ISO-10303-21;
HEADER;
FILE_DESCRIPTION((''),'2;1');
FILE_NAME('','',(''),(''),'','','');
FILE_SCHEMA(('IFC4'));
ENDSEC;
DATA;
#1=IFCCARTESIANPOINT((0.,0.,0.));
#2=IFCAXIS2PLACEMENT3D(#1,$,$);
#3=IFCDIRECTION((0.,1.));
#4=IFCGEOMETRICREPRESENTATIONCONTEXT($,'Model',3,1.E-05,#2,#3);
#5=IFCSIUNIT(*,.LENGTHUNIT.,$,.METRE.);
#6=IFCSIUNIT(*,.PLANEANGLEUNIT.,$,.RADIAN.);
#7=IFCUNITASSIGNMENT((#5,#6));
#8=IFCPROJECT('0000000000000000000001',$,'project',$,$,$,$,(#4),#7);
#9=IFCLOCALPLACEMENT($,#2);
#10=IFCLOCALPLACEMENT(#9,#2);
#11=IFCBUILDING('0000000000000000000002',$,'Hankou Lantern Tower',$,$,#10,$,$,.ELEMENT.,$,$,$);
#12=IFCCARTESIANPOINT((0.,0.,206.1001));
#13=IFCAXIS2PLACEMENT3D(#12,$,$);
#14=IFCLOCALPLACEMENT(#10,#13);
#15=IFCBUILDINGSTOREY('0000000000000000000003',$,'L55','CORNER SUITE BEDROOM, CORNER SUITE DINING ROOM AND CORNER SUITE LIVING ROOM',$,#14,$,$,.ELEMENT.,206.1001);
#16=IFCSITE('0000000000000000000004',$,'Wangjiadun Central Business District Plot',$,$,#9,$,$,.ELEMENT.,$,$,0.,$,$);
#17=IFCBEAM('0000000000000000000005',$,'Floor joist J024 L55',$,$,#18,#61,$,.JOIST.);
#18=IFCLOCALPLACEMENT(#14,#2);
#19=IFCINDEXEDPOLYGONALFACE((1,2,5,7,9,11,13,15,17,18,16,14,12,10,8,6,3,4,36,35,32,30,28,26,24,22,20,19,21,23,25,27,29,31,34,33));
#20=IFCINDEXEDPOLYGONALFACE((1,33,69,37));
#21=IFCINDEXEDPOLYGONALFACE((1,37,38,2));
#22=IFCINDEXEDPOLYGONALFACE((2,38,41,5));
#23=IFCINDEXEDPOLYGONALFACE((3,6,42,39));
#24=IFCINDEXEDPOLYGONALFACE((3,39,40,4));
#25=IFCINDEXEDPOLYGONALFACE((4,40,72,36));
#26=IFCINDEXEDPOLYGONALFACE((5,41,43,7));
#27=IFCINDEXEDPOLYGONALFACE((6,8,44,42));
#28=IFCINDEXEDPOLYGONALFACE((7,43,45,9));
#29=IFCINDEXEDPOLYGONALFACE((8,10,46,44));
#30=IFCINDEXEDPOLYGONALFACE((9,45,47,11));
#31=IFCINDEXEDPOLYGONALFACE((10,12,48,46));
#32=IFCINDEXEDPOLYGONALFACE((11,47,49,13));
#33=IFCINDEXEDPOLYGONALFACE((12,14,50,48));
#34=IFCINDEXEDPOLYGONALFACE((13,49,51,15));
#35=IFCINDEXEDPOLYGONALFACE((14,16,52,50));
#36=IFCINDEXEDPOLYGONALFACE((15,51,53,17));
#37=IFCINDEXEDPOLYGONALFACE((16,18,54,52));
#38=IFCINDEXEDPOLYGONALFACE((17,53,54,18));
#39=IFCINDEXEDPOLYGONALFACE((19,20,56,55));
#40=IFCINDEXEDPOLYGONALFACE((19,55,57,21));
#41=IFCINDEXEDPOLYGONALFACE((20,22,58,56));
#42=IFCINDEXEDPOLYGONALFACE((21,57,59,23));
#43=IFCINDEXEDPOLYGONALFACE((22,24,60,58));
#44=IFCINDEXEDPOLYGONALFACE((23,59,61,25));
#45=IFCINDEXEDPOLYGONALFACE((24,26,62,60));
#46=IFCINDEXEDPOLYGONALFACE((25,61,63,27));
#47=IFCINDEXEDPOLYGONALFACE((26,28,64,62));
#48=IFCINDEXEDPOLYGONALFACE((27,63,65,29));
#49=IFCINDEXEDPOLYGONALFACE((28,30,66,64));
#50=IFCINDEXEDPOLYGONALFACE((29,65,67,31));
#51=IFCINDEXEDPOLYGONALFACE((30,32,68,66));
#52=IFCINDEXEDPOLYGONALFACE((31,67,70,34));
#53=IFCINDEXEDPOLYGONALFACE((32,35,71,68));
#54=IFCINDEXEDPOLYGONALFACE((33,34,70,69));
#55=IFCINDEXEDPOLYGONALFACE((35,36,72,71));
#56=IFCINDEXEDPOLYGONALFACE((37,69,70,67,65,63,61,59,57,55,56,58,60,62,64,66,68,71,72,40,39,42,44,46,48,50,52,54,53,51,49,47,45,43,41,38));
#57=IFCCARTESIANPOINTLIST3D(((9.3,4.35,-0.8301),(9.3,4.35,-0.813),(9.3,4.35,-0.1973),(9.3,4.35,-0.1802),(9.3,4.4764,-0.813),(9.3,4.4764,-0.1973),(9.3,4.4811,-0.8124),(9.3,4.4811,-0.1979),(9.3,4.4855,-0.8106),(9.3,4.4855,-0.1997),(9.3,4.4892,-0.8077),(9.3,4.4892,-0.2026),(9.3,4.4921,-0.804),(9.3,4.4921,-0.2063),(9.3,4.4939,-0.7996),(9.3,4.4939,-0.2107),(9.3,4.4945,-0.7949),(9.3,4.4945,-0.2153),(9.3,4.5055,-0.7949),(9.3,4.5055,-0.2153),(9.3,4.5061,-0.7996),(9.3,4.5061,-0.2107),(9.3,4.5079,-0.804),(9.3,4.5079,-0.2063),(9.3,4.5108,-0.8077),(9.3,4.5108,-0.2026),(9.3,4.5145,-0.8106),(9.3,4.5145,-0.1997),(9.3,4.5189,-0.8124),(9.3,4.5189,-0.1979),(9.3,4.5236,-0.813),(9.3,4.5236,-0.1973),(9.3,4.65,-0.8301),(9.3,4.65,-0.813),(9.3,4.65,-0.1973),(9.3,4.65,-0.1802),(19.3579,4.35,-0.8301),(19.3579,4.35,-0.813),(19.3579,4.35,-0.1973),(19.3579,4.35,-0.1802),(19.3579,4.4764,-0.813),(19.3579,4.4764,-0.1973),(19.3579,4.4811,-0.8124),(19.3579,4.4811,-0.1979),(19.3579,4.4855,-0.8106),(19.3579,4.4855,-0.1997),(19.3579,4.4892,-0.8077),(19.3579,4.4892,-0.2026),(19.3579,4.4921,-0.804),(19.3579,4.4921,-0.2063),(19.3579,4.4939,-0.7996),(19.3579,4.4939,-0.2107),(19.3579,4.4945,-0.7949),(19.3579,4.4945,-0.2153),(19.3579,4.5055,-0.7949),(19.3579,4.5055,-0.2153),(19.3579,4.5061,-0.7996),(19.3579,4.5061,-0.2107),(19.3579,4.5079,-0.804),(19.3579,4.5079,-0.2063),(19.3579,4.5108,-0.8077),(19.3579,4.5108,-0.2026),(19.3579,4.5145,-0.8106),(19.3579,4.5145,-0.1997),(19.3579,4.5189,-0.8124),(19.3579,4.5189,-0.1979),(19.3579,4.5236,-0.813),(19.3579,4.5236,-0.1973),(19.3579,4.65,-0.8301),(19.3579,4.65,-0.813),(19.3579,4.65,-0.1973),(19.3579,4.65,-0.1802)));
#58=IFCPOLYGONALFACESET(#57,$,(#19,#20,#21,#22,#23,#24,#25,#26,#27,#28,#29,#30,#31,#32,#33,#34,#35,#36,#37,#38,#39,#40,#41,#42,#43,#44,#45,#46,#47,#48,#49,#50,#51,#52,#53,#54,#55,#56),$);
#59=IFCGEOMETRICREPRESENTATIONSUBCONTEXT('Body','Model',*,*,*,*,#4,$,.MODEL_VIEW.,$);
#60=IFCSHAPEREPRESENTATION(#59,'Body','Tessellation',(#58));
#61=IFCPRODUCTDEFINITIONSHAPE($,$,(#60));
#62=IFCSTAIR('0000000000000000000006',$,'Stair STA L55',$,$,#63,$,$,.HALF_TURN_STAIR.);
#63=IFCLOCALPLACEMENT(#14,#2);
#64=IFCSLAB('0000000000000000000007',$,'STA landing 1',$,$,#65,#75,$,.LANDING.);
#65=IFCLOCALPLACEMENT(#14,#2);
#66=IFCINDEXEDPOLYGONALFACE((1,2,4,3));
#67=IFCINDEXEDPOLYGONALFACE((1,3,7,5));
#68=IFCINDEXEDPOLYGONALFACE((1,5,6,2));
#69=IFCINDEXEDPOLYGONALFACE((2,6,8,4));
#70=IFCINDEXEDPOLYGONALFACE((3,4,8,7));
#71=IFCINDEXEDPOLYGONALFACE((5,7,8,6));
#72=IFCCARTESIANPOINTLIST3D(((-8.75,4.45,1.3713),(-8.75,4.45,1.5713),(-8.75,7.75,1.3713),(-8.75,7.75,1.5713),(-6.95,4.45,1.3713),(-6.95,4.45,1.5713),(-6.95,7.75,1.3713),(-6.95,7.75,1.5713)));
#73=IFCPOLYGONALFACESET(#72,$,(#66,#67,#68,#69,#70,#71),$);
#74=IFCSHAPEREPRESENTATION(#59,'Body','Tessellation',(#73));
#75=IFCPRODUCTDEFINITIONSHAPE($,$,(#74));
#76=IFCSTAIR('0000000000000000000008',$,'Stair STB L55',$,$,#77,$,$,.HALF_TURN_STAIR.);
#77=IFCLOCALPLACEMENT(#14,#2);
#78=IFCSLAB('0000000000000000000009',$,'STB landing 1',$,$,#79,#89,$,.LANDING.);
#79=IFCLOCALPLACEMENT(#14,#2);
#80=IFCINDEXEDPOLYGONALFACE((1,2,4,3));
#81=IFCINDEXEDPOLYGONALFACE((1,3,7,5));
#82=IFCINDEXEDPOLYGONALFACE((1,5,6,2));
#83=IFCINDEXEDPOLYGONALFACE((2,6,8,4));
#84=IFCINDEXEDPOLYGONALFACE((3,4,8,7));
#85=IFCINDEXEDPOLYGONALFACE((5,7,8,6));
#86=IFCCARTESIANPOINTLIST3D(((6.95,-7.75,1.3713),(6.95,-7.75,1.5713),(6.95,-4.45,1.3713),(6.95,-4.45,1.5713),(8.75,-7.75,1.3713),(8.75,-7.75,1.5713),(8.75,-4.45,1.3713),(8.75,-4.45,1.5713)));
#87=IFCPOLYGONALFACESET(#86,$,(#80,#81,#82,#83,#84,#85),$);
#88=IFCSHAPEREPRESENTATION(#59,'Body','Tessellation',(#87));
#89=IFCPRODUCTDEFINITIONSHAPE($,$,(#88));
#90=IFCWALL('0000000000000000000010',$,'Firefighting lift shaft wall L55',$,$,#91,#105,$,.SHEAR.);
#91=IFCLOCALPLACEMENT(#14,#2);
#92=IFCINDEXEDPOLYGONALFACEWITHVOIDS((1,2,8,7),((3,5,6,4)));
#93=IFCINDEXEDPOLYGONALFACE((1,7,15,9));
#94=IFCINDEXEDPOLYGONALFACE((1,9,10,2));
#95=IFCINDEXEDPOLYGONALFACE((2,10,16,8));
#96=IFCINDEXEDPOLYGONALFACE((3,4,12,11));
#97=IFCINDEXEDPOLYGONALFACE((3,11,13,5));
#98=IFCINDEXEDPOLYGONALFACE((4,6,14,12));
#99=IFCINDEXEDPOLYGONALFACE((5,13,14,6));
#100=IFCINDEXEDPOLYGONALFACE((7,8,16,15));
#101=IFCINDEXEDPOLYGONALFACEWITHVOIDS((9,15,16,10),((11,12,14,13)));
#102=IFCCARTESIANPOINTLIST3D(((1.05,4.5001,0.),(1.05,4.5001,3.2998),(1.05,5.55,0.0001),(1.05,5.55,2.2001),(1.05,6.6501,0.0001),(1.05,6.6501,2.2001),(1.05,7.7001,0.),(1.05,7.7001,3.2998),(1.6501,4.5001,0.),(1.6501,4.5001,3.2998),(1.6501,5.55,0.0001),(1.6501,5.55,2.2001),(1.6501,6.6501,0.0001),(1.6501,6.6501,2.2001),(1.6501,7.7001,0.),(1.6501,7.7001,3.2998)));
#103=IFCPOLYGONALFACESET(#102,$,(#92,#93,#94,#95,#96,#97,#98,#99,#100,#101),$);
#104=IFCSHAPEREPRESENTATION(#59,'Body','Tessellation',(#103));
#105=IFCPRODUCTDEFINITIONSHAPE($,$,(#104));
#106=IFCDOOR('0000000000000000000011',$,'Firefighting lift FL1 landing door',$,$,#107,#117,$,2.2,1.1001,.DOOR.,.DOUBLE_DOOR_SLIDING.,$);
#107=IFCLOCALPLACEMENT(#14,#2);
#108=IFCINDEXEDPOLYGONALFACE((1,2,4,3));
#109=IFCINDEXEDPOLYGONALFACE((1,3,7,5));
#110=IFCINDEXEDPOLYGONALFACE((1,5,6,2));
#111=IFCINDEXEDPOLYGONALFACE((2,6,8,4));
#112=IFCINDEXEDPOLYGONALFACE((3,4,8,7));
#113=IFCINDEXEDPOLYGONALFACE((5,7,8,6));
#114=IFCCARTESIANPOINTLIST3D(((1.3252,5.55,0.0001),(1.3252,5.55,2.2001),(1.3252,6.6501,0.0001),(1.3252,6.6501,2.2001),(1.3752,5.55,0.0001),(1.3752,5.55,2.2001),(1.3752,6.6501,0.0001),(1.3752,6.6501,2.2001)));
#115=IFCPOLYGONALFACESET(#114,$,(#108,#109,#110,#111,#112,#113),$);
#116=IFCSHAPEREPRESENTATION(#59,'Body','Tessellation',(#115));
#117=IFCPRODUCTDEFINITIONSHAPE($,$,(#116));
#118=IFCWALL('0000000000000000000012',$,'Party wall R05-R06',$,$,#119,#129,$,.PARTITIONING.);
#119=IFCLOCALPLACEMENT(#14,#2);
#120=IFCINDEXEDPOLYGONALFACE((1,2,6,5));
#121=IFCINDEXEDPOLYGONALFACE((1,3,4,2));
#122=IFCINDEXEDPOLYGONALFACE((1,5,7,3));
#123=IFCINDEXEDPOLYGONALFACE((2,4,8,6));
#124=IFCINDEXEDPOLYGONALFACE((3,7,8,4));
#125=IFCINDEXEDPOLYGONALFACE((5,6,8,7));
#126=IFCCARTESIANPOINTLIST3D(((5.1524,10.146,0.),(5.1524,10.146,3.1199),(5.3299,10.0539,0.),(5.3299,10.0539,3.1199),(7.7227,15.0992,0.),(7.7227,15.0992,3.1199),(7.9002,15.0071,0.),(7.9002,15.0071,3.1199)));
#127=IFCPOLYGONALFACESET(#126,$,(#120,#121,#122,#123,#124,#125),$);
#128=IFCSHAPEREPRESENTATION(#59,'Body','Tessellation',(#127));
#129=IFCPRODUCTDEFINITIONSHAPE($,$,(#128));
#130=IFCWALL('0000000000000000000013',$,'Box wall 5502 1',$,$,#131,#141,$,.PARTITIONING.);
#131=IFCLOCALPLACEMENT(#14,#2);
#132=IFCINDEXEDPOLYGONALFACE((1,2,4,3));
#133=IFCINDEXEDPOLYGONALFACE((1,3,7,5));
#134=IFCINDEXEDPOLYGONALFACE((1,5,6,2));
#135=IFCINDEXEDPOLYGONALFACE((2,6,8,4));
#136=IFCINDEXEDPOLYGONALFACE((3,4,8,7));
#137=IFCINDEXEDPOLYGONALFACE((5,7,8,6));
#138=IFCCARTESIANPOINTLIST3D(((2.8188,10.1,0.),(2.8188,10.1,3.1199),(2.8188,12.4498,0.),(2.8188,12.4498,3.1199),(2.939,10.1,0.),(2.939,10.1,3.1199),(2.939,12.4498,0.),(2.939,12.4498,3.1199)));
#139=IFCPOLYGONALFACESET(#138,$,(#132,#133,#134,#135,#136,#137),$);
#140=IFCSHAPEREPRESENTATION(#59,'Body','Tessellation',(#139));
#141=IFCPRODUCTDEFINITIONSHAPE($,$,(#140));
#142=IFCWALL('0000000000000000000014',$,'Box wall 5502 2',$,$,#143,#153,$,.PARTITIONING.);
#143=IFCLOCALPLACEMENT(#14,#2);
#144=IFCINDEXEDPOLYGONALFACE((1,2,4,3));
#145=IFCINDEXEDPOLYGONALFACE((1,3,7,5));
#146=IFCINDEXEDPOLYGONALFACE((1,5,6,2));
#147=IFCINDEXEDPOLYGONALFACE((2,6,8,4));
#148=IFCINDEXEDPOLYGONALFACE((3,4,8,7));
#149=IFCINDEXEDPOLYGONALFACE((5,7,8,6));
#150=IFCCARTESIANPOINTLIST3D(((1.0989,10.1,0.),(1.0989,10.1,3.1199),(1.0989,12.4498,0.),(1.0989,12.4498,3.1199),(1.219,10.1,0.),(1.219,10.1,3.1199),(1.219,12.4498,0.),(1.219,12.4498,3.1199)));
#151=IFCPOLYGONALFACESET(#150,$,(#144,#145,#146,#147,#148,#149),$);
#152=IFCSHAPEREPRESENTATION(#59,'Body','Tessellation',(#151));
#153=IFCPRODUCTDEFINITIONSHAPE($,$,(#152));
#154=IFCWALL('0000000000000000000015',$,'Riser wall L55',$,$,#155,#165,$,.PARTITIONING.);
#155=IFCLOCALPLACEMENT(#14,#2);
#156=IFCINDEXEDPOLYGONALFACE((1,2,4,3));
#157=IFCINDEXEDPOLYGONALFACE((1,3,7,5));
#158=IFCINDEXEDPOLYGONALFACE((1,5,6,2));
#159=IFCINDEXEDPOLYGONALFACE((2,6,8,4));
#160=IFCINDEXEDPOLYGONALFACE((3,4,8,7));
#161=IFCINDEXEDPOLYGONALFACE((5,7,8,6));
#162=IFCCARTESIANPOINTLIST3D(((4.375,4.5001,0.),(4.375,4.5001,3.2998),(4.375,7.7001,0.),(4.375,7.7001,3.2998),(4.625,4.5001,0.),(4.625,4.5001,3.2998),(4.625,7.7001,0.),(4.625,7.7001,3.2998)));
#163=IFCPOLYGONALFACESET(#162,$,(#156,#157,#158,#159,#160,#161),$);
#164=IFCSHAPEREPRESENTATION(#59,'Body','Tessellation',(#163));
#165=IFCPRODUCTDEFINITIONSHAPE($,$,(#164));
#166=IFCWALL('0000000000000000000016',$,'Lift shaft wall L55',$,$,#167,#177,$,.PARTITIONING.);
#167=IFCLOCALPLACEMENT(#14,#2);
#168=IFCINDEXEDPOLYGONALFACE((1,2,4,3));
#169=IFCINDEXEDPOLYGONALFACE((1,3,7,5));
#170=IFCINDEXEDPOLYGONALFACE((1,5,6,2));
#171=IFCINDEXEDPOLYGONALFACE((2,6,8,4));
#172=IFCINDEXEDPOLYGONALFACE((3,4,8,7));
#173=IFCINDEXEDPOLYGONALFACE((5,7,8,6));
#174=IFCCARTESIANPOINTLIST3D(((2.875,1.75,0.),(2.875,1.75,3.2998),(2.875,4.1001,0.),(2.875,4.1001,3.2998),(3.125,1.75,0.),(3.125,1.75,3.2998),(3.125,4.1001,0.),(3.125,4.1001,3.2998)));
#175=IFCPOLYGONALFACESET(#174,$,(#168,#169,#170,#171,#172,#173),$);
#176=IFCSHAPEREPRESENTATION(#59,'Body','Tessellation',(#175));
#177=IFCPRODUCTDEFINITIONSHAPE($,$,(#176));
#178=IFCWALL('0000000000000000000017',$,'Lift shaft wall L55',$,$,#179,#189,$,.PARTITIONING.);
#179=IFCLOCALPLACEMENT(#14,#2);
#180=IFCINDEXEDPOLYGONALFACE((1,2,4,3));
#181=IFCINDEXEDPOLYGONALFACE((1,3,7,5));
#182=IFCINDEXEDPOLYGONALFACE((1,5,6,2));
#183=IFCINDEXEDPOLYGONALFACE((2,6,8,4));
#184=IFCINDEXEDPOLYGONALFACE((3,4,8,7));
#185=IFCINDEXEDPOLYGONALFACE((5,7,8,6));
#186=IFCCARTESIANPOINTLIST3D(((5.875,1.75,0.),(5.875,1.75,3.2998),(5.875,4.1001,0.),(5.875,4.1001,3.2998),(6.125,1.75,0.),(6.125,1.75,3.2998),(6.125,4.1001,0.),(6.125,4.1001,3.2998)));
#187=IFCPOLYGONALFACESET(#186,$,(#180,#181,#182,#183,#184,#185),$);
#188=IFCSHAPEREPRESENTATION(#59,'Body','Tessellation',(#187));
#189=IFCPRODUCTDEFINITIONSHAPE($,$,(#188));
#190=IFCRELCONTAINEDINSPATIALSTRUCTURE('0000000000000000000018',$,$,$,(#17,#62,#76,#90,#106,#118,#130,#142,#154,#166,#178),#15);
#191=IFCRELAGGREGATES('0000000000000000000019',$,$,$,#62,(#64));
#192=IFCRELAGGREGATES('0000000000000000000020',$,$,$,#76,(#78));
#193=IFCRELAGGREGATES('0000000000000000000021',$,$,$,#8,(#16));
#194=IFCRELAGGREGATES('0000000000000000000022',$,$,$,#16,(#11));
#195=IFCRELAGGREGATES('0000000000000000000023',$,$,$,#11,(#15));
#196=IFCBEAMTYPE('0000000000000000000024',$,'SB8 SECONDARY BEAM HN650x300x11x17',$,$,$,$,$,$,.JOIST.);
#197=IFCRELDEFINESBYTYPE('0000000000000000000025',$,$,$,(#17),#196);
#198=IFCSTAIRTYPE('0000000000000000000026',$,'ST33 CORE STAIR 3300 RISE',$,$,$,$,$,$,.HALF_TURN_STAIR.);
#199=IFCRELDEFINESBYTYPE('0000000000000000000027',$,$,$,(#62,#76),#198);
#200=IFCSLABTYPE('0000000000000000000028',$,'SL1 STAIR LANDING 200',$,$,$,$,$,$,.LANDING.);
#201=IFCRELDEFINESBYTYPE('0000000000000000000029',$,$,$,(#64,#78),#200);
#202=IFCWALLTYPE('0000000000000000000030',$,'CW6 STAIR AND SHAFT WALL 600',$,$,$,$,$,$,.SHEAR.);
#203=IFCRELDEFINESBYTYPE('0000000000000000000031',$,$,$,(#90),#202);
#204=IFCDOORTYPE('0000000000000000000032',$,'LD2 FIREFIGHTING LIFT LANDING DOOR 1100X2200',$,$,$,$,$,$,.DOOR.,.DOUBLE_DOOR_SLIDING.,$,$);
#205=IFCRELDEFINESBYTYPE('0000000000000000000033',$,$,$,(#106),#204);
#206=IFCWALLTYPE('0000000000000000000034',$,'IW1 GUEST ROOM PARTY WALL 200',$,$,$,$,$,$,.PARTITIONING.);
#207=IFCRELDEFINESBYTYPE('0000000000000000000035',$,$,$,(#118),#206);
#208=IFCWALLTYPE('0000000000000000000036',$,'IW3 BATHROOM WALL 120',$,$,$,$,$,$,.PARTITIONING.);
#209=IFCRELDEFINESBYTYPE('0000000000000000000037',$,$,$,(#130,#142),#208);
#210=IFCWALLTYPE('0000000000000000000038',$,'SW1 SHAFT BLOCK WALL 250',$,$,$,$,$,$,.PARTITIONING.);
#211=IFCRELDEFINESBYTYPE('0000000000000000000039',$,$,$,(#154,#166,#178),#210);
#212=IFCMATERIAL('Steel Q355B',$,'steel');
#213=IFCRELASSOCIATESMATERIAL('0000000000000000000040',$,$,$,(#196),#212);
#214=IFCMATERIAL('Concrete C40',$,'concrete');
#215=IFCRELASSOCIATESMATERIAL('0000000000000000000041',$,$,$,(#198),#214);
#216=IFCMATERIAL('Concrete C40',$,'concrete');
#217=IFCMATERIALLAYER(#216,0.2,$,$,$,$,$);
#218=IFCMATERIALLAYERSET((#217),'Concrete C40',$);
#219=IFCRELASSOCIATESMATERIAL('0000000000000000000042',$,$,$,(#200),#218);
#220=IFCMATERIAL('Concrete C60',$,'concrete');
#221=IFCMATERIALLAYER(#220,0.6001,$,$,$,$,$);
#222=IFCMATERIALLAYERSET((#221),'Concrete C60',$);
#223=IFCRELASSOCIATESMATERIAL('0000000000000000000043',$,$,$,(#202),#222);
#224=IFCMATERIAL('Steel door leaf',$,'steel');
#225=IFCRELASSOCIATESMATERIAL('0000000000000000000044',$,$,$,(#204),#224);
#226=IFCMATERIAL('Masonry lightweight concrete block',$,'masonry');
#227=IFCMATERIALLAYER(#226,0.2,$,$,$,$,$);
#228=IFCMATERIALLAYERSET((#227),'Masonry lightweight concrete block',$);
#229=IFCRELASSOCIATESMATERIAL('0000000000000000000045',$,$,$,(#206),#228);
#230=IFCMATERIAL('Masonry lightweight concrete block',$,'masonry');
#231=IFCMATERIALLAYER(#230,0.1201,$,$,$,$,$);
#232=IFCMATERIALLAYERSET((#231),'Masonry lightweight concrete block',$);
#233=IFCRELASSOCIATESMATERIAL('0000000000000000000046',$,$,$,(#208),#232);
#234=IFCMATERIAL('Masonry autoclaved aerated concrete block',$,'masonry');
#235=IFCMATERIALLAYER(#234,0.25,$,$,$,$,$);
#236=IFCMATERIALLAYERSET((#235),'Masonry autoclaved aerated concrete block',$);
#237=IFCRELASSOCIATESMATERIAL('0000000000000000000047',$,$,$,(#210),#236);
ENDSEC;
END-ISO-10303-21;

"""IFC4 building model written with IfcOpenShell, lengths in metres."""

from ifc_helpers import new_model, si_unit, direction, frame, frame_2d, origin, origin_2d, place, context, subcontext, project, spatial, polyline, rectangle, i_section, outline, extrude, material, layer, layer_set, material_profile, profile_set, type_object, element, fill, aggregate, save


model = new_model("IFC4")

# Units and contexts
model_context = context("Model", 3, precision=1e-05, world=origin(), true_north=direction((0.0, 1.0)))
body_context = subcontext(model_context, "Body", "Model", "MODEL_VIEW")
ifc_project = project(units=[si_unit("LENGTHUNIT", "METRE"), si_unit("PLANEANGLEUNIT", "RADIAN")], contexts=[model_context])

# Site, building, storey
site_placement = place(None, origin())
site = spatial("IfcSite", under=ifc_project, at=site_placement, Name="Wangjiadun Central Business District Plot", CompositionType="ELEMENT", RefElevation=0.0)
building_placement = place(site_placement, origin())
building = spatial("IfcBuilding", under=site, at=building_placement, Name="Hankou Lantern Tower", CompositionType="ELEMENT")
storey_placement = place(building_placement, frame((0.0, 0.0, 206.1001)))
storey = spatial("IfcBuildingStorey", under=building, at=storey_placement, Name="L55", Description="CORNER SUITE BEDROOM, CORNER SUITE DINING ROOM AND CORNER SUITE LIVING ROOM", CompositionType="ELEMENT", Elevation=206.1001)

# Beam
ifc_material_1 = material(Name="Steel Q355B", Category="steel")
ifc_material_profile_1 = material_profile(ifc_material_1, i_section(OverallWidth=0.3, OverallDepth=0.6499, WebThickness=0.011, FlangeThickness=0.0171, FilletRadius=0.0181, at=origin_2d()), Name="HN650x300x11x17")
ifc_profile_set_1 = profile_set([ifc_material_profile_1], Name="Steel Q355B")
beam_type_1 = type_object("IfcBeamType", Name="SB8 SECONDARY BEAM HN650x300x11x17", PredefinedType="JOIST", material=ifc_profile_set_1)
beam_1_placement = place(storey_placement, frame((9.3, 4.5, -0.5051), z_axis=(1.0, 0.0, 0.0), x_axis=(0.0, 1.0, 0.0)))
element("IfcBeam", 1, at=beam_1_placement, inside=storey, type_object=beam_type_1, Name="Floor joist J024 L55", PredefinedType="JOIST", context=body_context, shape_type="SweptSolid", body=[
    extrude(i_section(OverallWidth=0.3, OverallDepth=0.6499, WebThickness=0.011, FlangeThickness=0.0171, FilletRadius=0.0181, at=origin_2d()), origin(), (0.0, 0.0, 1.0), 10.0579),
])

# Stairs, slabs
ifc_material_2 = material(Name="Concrete C40", Category="concrete")
stair_type = type_object("IfcStairType", Name="ST33 CORE STAIR 3300 RISE", PredefinedType="HALF_TURN_STAIR", material=ifc_material_2)
stair_1_placement = place(storey_placement, origin())
stair_1 = element("IfcStair", 2, at=stair_1_placement, inside=storey, type_object=stair_type, Name="Stair STA L55", PredefinedType="HALF_TURN_STAIR")
ifc_material_3 = material(Name="Concrete C40", Category="concrete")
ifc_layer_1 = layer(ifc_material_3, 0.2)
ifc_layer_set_1 = layer_set([ifc_layer_1], Name="Concrete C40")
slab_type = type_object("IfcSlabType", Name="SL1 STAIR LANDING 200", PredefinedType="LANDING", material=ifc_layer_set_1)
slab_1_placement = place(storey_placement, frame((0.0, 0.0, 1.3713)))
slab_1 = element("IfcSlab", 3, at=slab_1_placement, type_object=slab_type, Name="STA landing 1", PredefinedType="LANDING", context=body_context, shape_type="SweptSolid", body=[
    extrude(outline(polyline([(-8.75, 4.45), (-6.95, 4.45), (-6.95, 7.75), (-8.75, 7.75), (-8.75, 4.45)])), origin(), (0.0, 0.0, 1.0), 0.2),
])
aggregate(stair_1, [slab_1])
stair_2_placement = place(storey_placement, origin())
stair_2 = element("IfcStair", 4, at=stair_2_placement, inside=storey, type_object=stair_type, Name="Stair STB L55", PredefinedType="HALF_TURN_STAIR")
slab_2_placement = place(storey_placement, frame((0.0, 0.0, 1.3713)))
slab_2 = element("IfcSlab", 5, at=slab_2_placement, type_object=slab_type, Name="STB landing 1", PredefinedType="LANDING", context=body_context, shape_type="SweptSolid", body=[
    extrude(outline(polyline([(8.75, -4.45), (6.95, -4.45), (6.95, -7.75), (8.75, -7.75), (8.75, -4.45)])), origin(), (0.0, 0.0, 1.0), 0.2),
])
aggregate(stair_2, [slab_2])

# Wall, opening, door
ifc_material_4 = material(Name="Concrete C60", Category="concrete")
ifc_layer_2 = layer(ifc_material_4, 0.6001)
ifc_layer_set_2 = layer_set([ifc_layer_2], Name="Concrete C60")
wall_type_1 = type_object("IfcWallType", Name="CW6 STAIR AND SHAFT WALL 600", PredefinedType="SHEAR", material=ifc_layer_set_2)
wall_1_placement = place(storey_placement, frame((1.3501, 4.5, 0.0), z_axis=(0.0, 0.0, 1.0), x_axis=(0.0, 1.0, 0.0)))
wall_1 = element("IfcWall", 6, at=wall_1_placement, inside=storey, type_object=wall_type_1, Name="Firefighting lift shaft wall L55", PredefinedType="SHEAR", context=body_context, shape_type="SweptSolid", body=[
    extrude(rectangle(XDim=3.2, YDim=0.6001, at=frame_2d((1.6001, 0.0))), origin(), (0.0, 0.0, 1.0), 3.2998),
])
opening_placement = place(wall_1_placement, frame((1.05, 0.0, 0.0)))
opening = element("IfcOpeningElement", 7, at=opening_placement, cuts=wall_1, PredefinedType="OPENING", context=body_context, shape_type="SweptSolid", body=[
    extrude(rectangle(XDim=1.1001, YDim=2.2, at=frame_2d((0.55, 1.1001))), frame((0.0, 0.3101, 0.0), z_axis=(0.0, -1.0, 0.0), x_axis=(1.0, 0.0, 0.0)), (0.0, 0.0, 1.0), 0.6201),
])
ifc_material_5 = material(Name="Steel door leaf", Category="steel")
door_type = type_object("IfcDoorType", Name="LD2 FIREFIGHTING LIFT LANDING DOOR 1100X2200", OperationType="DOUBLE_DOOR_SLIDING", PredefinedType="DOOR", material=ifc_material_5)
door_placement = place(opening_placement, origin())
door = element("IfcDoor", 8, at=door_placement, inside=storey, type_object=door_type, Name="Firefighting lift FL1 landing door", OperationType="DOUBLE_DOOR_SLIDING", OverallHeight=2.2, OverallWidth=1.1001, PredefinedType="DOOR", context=body_context, shape_type="SweptSolid", body=[
    extrude(rectangle(XDim=1.1001, YDim=2.2, at=frame_2d((0.55, 1.1001))), frame((0.0, 0.0249, 0.0), z_axis=(0.0, -1.0, 0.0), x_axis=(1.0, 0.0, 0.0)), (0.0, 0.0, 1.0), 0.05),
])
fill(opening, door)

# Walls
ifc_material_6 = material(Name="Masonry lightweight concrete block", Category="masonry")
ifc_layer_3 = layer(ifc_material_6, 0.2)
ifc_layer_set_3 = layer_set([ifc_layer_3], Name="Masonry lightweight concrete block")
wall_type_2 = type_object("IfcWallType", Name="IW1 GUEST ROOM PARTY WALL 200", PredefinedType="PARTITIONING", material=ifc_layer_set_3)
wall_2_placement = place(storey_placement, frame((5.2412, 10.1001, 0.0), z_axis=(0.0, 0.0, 1.0), x_axis=(0.460603, 0.887606, 0.0)))
element("IfcWall", 9, at=wall_2_placement, inside=storey, type_object=wall_type_2, Name="Party wall R05-R06", PredefinedType="PARTITIONING", context=body_context, shape_type="SweptSolid", body=[
    extrude(rectangle(XDim=5.5803, YDim=0.2, at=frame_2d((2.79, 0.0))), origin(), (0.0, 0.0, 1.0), 3.1199),
])
ifc_material_7 = material(Name="Masonry lightweight concrete block", Category="masonry")
ifc_layer_4 = layer(ifc_material_7, 0.1201)
ifc_layer_set_4 = layer_set([ifc_layer_4], Name="Masonry lightweight concrete block")
wall_type_3 = type_object("IfcWallType", Name="IW3 BATHROOM WALL 120", PredefinedType="PARTITIONING", material=ifc_layer_set_4)
for number, where, z_axis, x_axis, name in (
    (10, (2.8789, 10.1001, 0.0), (0.0, 0.0, 1.0), (0.0, 1.0, 0.0), "Box wall 5502 1"),
    (11, (1.1589, 10.1001, 0.0), (0.0, 0.0, 1.0), (0.0, 1.0, 0.0), "Box wall 5502 2"),
):
    element("IfcWall", number, at=place(storey_placement, frame(where, z_axis=z_axis, x_axis=x_axis)), inside=storey, type_object=wall_type_3, Name=name, PredefinedType="PARTITIONING", context=body_context, shape_type="SweptSolid", body=[
        extrude(rectangle(XDim=2.3499, YDim=0.1201, at=frame_2d((1.1748, 0.0))), origin(), (0.0, 0.0, 1.0), 3.1199),
    ])
ifc_material_8 = material(Name="Masonry autoclaved aerated concrete block", Category="masonry")
ifc_layer_5 = layer(ifc_material_8, 0.25)
ifc_layer_set_5 = layer_set([ifc_layer_5], Name="Masonry autoclaved aerated concrete block")
wall_type_4 = type_object("IfcWallType", Name="SW1 SHAFT BLOCK WALL 250", PredefinedType="PARTITIONING", material=ifc_layer_set_5)
wall_3_placement = place(storey_placement, frame((4.5, 4.5, 0.0), z_axis=(0.0, 0.0, 1.0), x_axis=(0.0, 1.0, 0.0)))
element("IfcWall", 12, at=wall_3_placement, inside=storey, type_object=wall_type_4, Name="Riser wall L55", PredefinedType="PARTITIONING", context=body_context, shape_type="SweptSolid", body=[
    extrude(rectangle(XDim=3.2, YDim=0.25, at=frame_2d((1.6001, 0.0))), origin(), (0.0, 0.0, 1.0), 3.2998),
])
for number, where, z_axis, x_axis, name in (
    (13, (3.0, 1.75, 0.0), (0.0, 0.0, 1.0), (0.0, 1.0, 0.0), "Lift shaft wall L55"),
    (14, (6.0, 1.75, 0.0), (0.0, 0.0, 1.0), (0.0, 1.0, 0.0), "Lift shaft wall L55"),
):
    element("IfcWall", number, at=place(storey_placement, frame(where, z_axis=z_axis, x_axis=x_axis)), inside=storey, type_object=wall_type_4, Name=name, PredefinedType="PARTITIONING", context=body_context, shape_type="SweptSolid", body=[
        extrude(rectangle(XDim=2.3501, YDim=0.25, at=frame_2d((1.175, 0.0))), origin(), (0.0, 0.0, 1.0), 3.2998),
    ])

save(model, "model.ifc")
